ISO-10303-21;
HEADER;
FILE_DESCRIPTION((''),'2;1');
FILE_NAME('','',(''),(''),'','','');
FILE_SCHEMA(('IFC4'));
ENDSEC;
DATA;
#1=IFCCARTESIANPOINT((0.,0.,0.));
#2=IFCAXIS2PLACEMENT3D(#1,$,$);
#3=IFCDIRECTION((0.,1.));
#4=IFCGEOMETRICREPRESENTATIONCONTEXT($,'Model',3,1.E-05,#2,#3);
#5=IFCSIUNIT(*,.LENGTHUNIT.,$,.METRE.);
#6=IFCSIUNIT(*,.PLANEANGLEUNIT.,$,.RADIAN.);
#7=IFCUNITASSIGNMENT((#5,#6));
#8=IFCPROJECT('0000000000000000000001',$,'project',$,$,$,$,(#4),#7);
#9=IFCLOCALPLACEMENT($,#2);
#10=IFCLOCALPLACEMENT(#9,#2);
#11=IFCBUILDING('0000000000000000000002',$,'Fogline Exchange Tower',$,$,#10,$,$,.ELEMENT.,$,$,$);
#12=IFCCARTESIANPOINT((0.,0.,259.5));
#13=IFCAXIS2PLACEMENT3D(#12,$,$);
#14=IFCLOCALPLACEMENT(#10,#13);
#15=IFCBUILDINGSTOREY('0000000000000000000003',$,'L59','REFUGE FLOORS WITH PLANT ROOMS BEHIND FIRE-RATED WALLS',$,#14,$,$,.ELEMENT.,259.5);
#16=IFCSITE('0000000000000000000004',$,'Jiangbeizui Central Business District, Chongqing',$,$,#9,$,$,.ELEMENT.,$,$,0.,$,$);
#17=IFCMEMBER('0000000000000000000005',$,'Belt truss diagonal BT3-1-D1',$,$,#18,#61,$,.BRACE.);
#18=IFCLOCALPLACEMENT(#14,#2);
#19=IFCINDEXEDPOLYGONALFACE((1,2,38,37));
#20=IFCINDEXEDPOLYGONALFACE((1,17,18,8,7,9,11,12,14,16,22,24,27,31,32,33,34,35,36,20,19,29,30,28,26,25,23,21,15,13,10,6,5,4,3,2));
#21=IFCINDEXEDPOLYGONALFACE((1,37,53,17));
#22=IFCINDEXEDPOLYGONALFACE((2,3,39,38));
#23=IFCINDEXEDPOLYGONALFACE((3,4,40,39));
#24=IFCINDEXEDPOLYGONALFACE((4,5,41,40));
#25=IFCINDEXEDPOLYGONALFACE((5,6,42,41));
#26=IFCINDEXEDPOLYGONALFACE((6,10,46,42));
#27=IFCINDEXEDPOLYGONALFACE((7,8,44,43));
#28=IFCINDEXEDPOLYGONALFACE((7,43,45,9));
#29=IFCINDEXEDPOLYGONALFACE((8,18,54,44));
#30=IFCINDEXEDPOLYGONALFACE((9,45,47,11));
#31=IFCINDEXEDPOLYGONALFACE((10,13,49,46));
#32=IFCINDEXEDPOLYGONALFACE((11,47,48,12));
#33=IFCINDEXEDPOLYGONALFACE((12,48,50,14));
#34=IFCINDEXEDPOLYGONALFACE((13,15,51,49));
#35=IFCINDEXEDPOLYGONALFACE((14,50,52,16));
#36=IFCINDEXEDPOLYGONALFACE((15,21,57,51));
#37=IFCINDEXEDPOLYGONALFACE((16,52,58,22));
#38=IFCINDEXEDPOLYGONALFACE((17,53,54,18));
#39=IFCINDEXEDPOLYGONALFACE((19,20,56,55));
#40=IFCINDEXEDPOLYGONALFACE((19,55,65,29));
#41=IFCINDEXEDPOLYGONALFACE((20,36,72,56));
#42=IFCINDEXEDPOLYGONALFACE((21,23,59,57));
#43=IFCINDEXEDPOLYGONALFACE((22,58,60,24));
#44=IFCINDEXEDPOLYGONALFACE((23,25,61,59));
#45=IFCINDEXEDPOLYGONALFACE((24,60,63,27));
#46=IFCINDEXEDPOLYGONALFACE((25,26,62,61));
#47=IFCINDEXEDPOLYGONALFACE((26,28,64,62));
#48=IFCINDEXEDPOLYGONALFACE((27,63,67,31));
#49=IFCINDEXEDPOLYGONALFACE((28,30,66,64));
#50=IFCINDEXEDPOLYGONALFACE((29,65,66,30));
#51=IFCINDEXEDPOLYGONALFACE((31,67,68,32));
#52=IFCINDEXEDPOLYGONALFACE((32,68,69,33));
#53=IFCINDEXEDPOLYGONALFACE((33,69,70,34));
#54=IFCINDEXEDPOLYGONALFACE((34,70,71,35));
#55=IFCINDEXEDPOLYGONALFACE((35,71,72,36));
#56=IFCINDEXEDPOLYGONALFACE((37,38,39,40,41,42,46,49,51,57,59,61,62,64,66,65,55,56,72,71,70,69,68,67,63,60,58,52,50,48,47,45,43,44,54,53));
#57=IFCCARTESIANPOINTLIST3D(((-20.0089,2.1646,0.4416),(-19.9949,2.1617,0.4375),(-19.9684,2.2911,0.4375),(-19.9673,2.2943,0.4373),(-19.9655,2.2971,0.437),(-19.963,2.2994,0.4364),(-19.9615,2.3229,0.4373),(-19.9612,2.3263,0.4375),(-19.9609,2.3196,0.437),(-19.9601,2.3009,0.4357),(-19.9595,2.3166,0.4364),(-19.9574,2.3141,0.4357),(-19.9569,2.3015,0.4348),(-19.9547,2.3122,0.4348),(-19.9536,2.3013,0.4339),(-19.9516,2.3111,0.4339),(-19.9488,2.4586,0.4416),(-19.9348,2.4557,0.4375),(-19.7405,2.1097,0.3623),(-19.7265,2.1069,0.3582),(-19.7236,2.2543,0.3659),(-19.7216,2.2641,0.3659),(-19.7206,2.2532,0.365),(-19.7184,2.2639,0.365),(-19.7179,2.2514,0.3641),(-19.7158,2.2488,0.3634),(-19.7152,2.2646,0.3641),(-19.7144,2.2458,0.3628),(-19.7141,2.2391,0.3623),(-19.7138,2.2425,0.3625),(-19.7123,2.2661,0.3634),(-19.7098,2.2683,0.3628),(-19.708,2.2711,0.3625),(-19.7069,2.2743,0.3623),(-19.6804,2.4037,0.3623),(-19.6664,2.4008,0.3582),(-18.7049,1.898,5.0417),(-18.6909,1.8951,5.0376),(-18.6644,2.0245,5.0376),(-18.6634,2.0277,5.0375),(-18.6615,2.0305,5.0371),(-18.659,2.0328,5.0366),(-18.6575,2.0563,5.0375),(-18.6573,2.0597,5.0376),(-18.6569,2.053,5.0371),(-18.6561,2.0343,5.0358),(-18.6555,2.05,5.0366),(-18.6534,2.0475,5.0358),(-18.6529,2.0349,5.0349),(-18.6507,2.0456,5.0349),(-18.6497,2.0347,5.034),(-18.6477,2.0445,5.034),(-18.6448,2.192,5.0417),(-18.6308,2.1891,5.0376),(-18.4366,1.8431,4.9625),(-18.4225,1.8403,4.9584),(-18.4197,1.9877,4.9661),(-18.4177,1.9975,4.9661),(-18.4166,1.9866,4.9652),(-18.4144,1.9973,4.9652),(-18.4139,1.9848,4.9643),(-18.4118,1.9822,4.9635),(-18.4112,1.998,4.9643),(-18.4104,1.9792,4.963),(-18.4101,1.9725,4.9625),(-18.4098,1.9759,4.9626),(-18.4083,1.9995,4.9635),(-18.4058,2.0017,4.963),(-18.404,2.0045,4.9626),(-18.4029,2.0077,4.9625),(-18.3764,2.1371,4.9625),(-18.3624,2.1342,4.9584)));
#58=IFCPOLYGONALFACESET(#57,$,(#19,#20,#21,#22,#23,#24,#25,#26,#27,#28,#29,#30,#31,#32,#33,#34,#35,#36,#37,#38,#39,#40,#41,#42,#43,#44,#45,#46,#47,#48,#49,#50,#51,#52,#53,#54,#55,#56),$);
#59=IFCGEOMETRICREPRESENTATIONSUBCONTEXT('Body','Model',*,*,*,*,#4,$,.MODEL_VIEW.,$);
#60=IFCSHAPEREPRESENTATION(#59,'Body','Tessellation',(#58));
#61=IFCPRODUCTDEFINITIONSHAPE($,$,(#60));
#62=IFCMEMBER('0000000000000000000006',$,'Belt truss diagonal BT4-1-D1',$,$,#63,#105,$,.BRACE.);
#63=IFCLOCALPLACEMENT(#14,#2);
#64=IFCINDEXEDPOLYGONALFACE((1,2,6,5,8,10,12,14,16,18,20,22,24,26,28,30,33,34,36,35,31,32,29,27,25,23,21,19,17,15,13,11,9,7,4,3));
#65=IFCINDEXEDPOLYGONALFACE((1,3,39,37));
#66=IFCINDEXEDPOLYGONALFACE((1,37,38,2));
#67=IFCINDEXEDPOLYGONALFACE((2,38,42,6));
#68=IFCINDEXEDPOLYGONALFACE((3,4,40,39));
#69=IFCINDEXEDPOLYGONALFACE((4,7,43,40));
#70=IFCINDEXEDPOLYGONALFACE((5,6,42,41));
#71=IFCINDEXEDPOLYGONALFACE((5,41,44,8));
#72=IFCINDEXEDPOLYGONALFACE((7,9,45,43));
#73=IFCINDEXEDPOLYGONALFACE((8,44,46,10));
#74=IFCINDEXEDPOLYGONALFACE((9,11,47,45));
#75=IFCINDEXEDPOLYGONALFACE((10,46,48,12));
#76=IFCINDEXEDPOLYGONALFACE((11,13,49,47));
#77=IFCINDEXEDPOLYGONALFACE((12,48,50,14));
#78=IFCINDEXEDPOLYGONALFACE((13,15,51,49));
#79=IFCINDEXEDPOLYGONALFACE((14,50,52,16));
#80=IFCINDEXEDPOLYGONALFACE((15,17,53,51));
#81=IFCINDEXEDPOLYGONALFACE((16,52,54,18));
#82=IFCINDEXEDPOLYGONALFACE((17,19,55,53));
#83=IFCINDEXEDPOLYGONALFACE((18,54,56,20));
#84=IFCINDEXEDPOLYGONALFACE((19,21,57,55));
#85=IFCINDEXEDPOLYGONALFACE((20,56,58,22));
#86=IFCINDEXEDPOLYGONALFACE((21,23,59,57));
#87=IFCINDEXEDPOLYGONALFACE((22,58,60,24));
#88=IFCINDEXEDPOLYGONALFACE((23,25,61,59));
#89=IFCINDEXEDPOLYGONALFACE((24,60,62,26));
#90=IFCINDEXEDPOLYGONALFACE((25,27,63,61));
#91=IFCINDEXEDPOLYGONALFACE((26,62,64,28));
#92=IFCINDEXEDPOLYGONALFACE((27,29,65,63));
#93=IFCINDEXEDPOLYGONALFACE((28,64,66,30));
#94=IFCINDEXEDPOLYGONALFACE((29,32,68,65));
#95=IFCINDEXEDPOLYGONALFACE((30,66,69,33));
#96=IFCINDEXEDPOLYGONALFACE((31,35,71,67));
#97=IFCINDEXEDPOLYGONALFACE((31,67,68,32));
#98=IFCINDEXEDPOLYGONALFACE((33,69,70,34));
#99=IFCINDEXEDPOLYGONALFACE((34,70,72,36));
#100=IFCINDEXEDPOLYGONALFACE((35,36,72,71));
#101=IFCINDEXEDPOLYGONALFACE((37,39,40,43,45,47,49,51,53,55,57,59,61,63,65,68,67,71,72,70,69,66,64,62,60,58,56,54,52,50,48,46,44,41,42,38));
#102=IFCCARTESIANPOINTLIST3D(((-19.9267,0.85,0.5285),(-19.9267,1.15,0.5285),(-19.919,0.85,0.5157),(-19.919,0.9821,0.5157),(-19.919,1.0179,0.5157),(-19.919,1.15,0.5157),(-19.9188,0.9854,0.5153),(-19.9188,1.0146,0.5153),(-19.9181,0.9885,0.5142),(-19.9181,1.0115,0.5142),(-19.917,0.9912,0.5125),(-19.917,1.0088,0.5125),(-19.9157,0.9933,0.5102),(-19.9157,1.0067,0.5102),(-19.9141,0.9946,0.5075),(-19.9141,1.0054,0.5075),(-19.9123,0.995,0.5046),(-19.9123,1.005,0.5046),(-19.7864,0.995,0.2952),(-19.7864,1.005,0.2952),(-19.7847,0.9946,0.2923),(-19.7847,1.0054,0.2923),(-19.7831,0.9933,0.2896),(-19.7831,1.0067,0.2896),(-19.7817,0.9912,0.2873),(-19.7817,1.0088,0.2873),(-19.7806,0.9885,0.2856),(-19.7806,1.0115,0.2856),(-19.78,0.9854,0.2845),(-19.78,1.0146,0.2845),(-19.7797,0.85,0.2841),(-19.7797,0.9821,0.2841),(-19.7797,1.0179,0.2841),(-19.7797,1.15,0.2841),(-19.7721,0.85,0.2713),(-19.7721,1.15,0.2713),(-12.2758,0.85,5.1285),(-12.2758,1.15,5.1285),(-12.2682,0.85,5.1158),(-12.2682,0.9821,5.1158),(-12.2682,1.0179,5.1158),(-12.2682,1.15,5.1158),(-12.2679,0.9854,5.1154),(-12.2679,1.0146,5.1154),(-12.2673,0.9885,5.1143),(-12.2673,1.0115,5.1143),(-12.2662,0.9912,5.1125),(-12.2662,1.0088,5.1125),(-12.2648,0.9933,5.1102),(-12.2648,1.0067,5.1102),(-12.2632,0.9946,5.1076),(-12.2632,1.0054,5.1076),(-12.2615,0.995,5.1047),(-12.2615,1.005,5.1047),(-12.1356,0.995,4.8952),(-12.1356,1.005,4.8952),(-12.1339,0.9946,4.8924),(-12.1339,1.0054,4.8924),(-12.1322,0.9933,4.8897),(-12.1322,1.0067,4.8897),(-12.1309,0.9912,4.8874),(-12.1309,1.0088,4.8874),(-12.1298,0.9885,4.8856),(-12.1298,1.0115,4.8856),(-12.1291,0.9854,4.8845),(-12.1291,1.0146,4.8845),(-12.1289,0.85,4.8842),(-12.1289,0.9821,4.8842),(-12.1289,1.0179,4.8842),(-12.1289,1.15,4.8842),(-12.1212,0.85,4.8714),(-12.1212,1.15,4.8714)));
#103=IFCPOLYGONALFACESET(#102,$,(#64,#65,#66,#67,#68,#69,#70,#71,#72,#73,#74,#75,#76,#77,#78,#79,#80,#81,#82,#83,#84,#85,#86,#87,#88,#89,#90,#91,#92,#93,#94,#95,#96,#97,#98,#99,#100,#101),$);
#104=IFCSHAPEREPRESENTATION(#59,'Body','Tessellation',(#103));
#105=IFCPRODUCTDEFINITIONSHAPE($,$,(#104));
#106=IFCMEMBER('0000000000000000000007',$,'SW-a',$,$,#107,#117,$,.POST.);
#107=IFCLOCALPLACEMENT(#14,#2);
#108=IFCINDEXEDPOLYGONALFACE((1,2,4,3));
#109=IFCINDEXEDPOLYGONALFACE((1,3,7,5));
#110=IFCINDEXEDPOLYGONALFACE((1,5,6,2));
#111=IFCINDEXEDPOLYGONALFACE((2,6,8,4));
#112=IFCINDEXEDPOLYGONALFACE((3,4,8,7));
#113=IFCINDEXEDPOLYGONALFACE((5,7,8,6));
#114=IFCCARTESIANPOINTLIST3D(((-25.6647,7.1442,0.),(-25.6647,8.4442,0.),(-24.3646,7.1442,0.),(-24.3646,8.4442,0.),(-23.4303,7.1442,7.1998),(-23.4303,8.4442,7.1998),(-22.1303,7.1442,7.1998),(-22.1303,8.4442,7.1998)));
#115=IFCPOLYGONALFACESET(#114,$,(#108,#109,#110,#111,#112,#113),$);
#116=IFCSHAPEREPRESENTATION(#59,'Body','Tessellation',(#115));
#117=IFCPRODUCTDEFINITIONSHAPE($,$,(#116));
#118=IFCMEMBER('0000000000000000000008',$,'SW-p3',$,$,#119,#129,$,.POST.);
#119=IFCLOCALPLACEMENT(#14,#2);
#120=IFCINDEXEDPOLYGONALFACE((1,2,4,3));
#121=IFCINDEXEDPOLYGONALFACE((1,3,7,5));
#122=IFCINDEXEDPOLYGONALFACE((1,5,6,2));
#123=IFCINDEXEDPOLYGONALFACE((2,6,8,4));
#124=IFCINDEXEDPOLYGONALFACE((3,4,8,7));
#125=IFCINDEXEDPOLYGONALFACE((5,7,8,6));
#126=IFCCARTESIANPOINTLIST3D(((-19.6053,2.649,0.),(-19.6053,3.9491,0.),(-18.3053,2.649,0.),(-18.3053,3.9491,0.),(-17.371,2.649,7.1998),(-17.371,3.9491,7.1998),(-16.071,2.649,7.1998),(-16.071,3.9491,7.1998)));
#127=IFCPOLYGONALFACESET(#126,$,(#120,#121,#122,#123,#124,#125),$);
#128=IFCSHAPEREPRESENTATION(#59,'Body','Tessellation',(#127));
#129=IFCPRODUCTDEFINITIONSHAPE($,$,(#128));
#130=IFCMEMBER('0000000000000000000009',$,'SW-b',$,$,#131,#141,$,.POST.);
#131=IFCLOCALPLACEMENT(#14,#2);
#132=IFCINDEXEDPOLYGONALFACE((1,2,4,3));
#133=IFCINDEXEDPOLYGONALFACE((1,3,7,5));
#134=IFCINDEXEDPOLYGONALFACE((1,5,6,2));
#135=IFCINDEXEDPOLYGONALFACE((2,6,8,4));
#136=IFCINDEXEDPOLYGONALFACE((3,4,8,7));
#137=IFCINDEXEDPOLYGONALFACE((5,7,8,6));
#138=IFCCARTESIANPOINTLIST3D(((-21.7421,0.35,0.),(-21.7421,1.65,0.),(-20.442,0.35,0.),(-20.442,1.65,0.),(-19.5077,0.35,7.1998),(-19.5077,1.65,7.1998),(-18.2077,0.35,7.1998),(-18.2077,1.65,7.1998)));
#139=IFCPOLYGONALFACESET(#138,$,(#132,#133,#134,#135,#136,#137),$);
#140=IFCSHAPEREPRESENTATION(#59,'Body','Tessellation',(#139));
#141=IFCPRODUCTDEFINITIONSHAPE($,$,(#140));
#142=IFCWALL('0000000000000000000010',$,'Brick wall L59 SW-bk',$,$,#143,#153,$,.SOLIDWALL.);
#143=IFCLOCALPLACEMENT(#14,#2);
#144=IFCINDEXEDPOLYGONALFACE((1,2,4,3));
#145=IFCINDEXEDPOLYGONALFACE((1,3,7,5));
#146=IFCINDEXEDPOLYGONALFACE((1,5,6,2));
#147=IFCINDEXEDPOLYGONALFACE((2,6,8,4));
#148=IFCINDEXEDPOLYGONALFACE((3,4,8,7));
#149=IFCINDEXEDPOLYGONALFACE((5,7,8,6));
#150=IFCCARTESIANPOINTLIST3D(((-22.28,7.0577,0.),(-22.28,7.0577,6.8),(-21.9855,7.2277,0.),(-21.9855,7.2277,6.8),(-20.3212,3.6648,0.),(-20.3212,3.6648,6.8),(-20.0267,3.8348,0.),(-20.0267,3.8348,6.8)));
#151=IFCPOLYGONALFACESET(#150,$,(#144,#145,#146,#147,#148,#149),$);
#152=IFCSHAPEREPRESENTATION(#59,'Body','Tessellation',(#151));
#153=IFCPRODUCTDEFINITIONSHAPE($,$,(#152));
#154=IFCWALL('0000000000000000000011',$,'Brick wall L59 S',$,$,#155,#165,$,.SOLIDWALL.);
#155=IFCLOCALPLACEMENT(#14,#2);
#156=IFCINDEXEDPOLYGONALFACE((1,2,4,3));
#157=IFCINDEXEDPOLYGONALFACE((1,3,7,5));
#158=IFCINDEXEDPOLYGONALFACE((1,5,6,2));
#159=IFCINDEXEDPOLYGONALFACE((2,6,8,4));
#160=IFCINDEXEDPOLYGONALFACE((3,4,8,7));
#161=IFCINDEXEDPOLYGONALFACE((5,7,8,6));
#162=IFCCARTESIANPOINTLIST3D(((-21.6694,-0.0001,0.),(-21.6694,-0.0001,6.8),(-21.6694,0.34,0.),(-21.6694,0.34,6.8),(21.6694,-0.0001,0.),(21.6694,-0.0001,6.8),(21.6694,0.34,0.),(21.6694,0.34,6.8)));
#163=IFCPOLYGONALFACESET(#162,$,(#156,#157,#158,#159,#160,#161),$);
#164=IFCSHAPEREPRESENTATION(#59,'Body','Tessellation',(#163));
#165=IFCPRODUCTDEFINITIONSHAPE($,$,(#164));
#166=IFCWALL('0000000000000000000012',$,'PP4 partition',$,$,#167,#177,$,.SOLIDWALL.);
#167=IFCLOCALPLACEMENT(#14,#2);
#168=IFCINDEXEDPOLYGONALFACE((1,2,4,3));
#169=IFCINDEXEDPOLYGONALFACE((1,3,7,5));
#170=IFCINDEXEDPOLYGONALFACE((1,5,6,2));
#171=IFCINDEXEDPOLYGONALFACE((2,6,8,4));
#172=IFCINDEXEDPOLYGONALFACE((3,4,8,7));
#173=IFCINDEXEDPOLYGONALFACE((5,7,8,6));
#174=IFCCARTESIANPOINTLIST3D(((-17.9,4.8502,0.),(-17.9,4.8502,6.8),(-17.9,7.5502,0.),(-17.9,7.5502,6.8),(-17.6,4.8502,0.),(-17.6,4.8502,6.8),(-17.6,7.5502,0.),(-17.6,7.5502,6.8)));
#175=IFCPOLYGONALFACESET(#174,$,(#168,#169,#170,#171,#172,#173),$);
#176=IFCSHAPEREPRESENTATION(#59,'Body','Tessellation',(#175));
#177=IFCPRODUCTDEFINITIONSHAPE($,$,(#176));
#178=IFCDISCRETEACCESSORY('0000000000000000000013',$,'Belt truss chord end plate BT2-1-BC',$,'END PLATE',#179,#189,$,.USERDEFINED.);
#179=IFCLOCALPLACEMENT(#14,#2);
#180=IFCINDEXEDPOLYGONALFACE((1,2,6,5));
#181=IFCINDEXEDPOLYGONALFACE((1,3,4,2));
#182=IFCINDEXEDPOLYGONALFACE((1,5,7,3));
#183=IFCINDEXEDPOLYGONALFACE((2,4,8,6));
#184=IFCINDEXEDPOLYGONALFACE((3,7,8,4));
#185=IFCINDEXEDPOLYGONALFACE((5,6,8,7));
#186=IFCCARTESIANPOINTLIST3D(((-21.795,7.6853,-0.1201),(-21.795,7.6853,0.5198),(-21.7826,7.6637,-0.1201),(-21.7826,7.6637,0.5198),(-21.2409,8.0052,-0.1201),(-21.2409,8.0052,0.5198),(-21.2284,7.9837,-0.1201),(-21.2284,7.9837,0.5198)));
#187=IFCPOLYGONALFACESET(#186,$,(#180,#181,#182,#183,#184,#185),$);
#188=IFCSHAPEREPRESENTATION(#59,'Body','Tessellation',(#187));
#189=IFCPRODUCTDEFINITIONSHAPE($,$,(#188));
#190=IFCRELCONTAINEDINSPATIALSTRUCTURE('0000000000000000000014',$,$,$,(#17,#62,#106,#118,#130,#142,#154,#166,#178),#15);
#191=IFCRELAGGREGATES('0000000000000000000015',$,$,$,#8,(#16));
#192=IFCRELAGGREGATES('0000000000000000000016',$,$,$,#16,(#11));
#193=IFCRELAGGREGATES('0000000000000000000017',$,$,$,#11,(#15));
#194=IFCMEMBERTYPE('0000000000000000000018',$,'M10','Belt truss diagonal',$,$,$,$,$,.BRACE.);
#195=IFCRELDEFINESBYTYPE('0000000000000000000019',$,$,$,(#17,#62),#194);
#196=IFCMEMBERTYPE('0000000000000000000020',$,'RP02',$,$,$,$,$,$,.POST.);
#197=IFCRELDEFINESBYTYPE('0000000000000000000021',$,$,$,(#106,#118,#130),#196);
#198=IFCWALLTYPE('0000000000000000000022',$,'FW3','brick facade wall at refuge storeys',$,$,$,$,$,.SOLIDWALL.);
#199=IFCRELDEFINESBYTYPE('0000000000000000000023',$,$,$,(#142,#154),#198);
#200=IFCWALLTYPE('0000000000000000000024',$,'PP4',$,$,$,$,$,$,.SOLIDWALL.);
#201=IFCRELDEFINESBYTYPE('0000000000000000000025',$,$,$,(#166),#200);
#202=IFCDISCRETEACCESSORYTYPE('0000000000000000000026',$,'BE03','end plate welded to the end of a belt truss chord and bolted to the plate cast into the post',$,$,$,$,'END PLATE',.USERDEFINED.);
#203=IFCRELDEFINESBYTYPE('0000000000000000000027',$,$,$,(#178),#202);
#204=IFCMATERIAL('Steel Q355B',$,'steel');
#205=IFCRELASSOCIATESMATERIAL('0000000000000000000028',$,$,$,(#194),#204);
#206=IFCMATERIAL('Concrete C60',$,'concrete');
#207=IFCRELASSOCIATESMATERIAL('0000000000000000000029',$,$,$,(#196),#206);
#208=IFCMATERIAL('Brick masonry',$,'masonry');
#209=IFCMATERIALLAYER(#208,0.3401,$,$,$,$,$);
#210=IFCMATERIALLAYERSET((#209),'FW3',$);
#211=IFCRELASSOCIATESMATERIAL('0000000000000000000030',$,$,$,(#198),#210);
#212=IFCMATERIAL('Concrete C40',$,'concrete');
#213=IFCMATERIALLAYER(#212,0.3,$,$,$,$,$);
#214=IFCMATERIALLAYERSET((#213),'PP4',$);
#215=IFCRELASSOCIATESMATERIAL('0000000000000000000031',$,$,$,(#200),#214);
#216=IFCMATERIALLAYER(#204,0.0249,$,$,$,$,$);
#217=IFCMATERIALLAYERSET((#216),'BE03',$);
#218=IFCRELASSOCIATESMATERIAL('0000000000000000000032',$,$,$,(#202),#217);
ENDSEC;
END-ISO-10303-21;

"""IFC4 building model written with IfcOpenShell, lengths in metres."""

from ifc_helpers import new_model, si_unit, direction, frame, frame_2d, origin, origin_2d, place, context, subcontext, project, spatial, rectangle, i_section, extrude, material, layer, layer_set, material_profile, profile_set, type_object, element, save


model = new_model("IFC4")

# Units and contexts
model_context = context("Model", 3, precision=1e-05, world=origin(), true_north=direction((0.0, 1.0)))
body_context = subcontext(model_context, "Body", "Model", "MODEL_VIEW")
ifc_project = project(units=[si_unit("LENGTHUNIT", "METRE"), si_unit("PLANEANGLEUNIT", "RADIAN")], contexts=[model_context])

# Site, building, storey
site_placement = place(None, origin())
site = spatial("IfcSite", under=ifc_project, at=site_placement, Name="Jiangbeizui Central Business District, Chongqing", CompositionType="ELEMENT", RefElevation=0.0)
building_placement = place(site_placement, origin())
building = spatial("IfcBuilding", under=site, at=building_placement, Name="Fogline Exchange Tower", CompositionType="ELEMENT")
storey_placement = place(building_placement, frame((0.0, 0.0, 259.5)))
storey = spatial("IfcBuildingStorey", under=building, at=storey_placement, Name="L59", Description="REFUGE FLOORS WITH PLANT ROOMS BEHIND FIRE-RATED WALLS", CompositionType="ELEMENT", Elevation=259.5)

# Shared definitions
ifc_material_1 = material(Name="Concrete C40", Category="concrete")

# Members
ifc_material_2 = material(Name="Steel Q355B", Category="steel")
ifc_material_profile_1 = material_profile(ifc_material_2, i_section(OverallWidth=0.3, OverallDepth=0.3, WebThickness=0.01, FlangeThickness=0.0149, FilletRadius=0.0129, at=origin_2d()), Name="HW300X300X10X15")
ifc_profile_set_1 = profile_set([ifc_material_profile_1], Name="Steel Q355B")
member_type_1 = type_object("IfcMemberType", Name="M10", Description="Belt truss diagonal", PredefinedType="BRACE", material=ifc_profile_set_1)
member_1_placement = place(storey_placement, frame((-19.8376, 2.2827, 0.3999), z_axis=(0.272295, -0.055672, 0.960602), x_axis=(0.200312, 0.979732, 0.0)))
element("IfcMember", 1, at=member_1_placement, inside=storey, type_object=member_type_1, Name="Belt truss diagonal BT3-1-D1", PredefinedType="BRACE", context=body_context, shape_type="SweptSolid", body=[
    extrude(i_section(OverallWidth=0.3, OverallDepth=0.3, WebThickness=0.01, FlangeThickness=0.0149, FilletRadius=0.0129, at=origin_2d()), origin(), (0.0, 0.0, 1.0), 4.7888),
])
member_2_placement = place(storey_placement, frame((-19.8494, 1.0, 0.3999), z_axis=(0.85702, 0.0, 0.515284), x_axis=(0.0, 1.0, 0.0)))
element("IfcMember", 2, at=member_2_placement, inside=storey, type_object=member_type_1, Name="Belt truss diagonal BT4-1-D1", PredefinedType="BRACE", context=body_context, shape_type="SweptSolid", body=[
    extrude(i_section(OverallWidth=0.3, OverallDepth=0.3, WebThickness=0.01, FlangeThickness=0.0149, FilletRadius=0.0129, at=origin_2d()), origin(), (0.0, 0.0, 1.0), 8.9272),
])
ifc_material_3 = material(Name="Concrete C60", Category="concrete")
ifc_material_profile_2 = material_profile(ifc_material_3, rectangle(XDim=1.3, YDim=1.3, at=origin_2d()), Name="RC 1300x1300")
ifc_profile_set_2 = profile_set([ifc_material_profile_2], Name="Concrete C60")
member_type_2 = type_object("IfcMemberType", Name="RP02", PredefinedType="POST", material=ifc_profile_set_2)
for number, where, z_axis, x_axis, name in (
    (3, (-25.0146, 7.7942, 0.0), (0.0, 0.0, 1.0), (0.0, 1.0, 0.0), "SW-a"),
    (4, (-18.9553, 3.2991, 0.0), (0.0, 0.0, 1.0), (0.0, 1.0, 0.0), "SW-p3"),
    (5, (-21.092, 1.0, 0.0), (0.0, 0.0, 1.0), (0.0, 1.0, 0.0), "SW-b"),
):
    element("IfcMember", number, at=place(storey_placement, frame(where, z_axis=z_axis, x_axis=x_axis)), inside=storey, type_object=member_type_2, Name=name, PredefinedType="POST", context=body_context, shape_type="SweptSolid", body=[
        extrude(rectangle(XDim=1.3, YDim=1.3, at=origin_2d()), origin(), (0.0, -0.296388, 0.955068), 7.5386),
    ])

# Walls
ifc_material_4 = material(Name="Brick masonry", Category="masonry")
ifc_layer_1 = layer(ifc_material_4, 0.3401)
ifc_layer_set_1 = layer_set([ifc_layer_1], Name="FW3")
wall_type_1 = type_object("IfcWallType", Name="FW3", Description="brick facade wall at refuge storeys", PredefinedType="SOLIDWALL", material=ifc_layer_set_1)
wall_1_placement = place(storey_placement, frame((-22.1328, 7.1428, 0.0), z_axis=(0.0, 0.0, 1.0), x_axis=(0.49998, -0.866037, 0.0)))
element("IfcWall", 6, at=wall_1_placement, inside=storey, type_object=wall_type_1, Name="Brick wall L59 SW-bk", PredefinedType="SOLIDWALL", context=body_context, shape_type="SweptSolid", body=[
    extrude(rectangle(XDim=3.9177, YDim=0.3401, at=frame_2d((1.959, 0.0))), origin(), (0.0, 0.0, 1.0), 6.8),
])
wall_2_placement = place(storey_placement, frame((-21.6694, 0.1699, 0.0), z_axis=(0.0, 0.0, 1.0), x_axis=(1.0, 0.0, 0.0)))
element("IfcWall", 7, at=wall_2_placement, inside=storey, type_object=wall_type_1, Name="Brick wall L59 S", PredefinedType="SOLIDWALL", context=body_context, shape_type="SweptSolid", body=[
    extrude(rectangle(XDim=43.3389, YDim=0.3401, at=frame_2d((21.6694, 0.0))), origin(), (0.0, 0.0, 1.0), 6.8),
])
ifc_layer_2 = layer(ifc_material_1, 0.3)
ifc_layer_set_2 = layer_set([ifc_layer_2], Name="PP4")
wall_type_2 = type_object("IfcWallType", Name="PP4", PredefinedType="SOLIDWALL", material=ifc_layer_set_2)
wall_3_placement = place(storey_placement, frame((-17.75, 4.8501, 0.0), z_axis=(0.0, 0.0, 1.0), x_axis=(0.0, 1.0, 0.0)))
element("IfcWall", 8, at=wall_3_placement, inside=storey, type_object=wall_type_2, Name="PP4 partition", PredefinedType="SOLIDWALL", context=body_context, shape_type="SweptSolid", body=[
    extrude(rectangle(XDim=2.7, YDim=0.3, at=frame_2d((1.3501, 0.0))), origin(), (0.0, 0.0, 1.0), 6.8),
])

# Discrete accessory
ifc_layer_3 = layer(ifc_material_2, 0.0249)
ifc_layer_set_3 = layer_set([ifc_layer_3], Name="BE03")
discrete_accessory_type = type_object("IfcDiscreteAccessoryType", Name="BE03", Description="end plate welded to the end of a belt truss chord and bolted to the plate cast into the post", ElementType="END PLATE", PredefinedType="USERDEFINED", material=ifc_layer_set_3)
for number, where, z_axis, x_axis, name in (
    (9, (-21.5117, 7.8345, -0.1201), (0.0, 0.0, 1.0), (-0.5, 0.866025, 0.0), "Belt truss chord end plate BT2-1-BC"),
):
    element("IfcDiscreteAccessory", number, at=place(storey_placement, frame(where, z_axis=z_axis, x_axis=x_axis)), inside=storey, type_object=discrete_accessory_type, Name=name, ObjectType="END PLATE", PredefinedType="USERDEFINED", context=body_context, shape_type="SweptSolid", body=[
        extrude(rectangle(XDim=0.0249, YDim=0.6399, at=origin_2d()), origin(), (0.0, 0.0, 1.0), 0.6399),
    ])

save(model, "model.ifc")
